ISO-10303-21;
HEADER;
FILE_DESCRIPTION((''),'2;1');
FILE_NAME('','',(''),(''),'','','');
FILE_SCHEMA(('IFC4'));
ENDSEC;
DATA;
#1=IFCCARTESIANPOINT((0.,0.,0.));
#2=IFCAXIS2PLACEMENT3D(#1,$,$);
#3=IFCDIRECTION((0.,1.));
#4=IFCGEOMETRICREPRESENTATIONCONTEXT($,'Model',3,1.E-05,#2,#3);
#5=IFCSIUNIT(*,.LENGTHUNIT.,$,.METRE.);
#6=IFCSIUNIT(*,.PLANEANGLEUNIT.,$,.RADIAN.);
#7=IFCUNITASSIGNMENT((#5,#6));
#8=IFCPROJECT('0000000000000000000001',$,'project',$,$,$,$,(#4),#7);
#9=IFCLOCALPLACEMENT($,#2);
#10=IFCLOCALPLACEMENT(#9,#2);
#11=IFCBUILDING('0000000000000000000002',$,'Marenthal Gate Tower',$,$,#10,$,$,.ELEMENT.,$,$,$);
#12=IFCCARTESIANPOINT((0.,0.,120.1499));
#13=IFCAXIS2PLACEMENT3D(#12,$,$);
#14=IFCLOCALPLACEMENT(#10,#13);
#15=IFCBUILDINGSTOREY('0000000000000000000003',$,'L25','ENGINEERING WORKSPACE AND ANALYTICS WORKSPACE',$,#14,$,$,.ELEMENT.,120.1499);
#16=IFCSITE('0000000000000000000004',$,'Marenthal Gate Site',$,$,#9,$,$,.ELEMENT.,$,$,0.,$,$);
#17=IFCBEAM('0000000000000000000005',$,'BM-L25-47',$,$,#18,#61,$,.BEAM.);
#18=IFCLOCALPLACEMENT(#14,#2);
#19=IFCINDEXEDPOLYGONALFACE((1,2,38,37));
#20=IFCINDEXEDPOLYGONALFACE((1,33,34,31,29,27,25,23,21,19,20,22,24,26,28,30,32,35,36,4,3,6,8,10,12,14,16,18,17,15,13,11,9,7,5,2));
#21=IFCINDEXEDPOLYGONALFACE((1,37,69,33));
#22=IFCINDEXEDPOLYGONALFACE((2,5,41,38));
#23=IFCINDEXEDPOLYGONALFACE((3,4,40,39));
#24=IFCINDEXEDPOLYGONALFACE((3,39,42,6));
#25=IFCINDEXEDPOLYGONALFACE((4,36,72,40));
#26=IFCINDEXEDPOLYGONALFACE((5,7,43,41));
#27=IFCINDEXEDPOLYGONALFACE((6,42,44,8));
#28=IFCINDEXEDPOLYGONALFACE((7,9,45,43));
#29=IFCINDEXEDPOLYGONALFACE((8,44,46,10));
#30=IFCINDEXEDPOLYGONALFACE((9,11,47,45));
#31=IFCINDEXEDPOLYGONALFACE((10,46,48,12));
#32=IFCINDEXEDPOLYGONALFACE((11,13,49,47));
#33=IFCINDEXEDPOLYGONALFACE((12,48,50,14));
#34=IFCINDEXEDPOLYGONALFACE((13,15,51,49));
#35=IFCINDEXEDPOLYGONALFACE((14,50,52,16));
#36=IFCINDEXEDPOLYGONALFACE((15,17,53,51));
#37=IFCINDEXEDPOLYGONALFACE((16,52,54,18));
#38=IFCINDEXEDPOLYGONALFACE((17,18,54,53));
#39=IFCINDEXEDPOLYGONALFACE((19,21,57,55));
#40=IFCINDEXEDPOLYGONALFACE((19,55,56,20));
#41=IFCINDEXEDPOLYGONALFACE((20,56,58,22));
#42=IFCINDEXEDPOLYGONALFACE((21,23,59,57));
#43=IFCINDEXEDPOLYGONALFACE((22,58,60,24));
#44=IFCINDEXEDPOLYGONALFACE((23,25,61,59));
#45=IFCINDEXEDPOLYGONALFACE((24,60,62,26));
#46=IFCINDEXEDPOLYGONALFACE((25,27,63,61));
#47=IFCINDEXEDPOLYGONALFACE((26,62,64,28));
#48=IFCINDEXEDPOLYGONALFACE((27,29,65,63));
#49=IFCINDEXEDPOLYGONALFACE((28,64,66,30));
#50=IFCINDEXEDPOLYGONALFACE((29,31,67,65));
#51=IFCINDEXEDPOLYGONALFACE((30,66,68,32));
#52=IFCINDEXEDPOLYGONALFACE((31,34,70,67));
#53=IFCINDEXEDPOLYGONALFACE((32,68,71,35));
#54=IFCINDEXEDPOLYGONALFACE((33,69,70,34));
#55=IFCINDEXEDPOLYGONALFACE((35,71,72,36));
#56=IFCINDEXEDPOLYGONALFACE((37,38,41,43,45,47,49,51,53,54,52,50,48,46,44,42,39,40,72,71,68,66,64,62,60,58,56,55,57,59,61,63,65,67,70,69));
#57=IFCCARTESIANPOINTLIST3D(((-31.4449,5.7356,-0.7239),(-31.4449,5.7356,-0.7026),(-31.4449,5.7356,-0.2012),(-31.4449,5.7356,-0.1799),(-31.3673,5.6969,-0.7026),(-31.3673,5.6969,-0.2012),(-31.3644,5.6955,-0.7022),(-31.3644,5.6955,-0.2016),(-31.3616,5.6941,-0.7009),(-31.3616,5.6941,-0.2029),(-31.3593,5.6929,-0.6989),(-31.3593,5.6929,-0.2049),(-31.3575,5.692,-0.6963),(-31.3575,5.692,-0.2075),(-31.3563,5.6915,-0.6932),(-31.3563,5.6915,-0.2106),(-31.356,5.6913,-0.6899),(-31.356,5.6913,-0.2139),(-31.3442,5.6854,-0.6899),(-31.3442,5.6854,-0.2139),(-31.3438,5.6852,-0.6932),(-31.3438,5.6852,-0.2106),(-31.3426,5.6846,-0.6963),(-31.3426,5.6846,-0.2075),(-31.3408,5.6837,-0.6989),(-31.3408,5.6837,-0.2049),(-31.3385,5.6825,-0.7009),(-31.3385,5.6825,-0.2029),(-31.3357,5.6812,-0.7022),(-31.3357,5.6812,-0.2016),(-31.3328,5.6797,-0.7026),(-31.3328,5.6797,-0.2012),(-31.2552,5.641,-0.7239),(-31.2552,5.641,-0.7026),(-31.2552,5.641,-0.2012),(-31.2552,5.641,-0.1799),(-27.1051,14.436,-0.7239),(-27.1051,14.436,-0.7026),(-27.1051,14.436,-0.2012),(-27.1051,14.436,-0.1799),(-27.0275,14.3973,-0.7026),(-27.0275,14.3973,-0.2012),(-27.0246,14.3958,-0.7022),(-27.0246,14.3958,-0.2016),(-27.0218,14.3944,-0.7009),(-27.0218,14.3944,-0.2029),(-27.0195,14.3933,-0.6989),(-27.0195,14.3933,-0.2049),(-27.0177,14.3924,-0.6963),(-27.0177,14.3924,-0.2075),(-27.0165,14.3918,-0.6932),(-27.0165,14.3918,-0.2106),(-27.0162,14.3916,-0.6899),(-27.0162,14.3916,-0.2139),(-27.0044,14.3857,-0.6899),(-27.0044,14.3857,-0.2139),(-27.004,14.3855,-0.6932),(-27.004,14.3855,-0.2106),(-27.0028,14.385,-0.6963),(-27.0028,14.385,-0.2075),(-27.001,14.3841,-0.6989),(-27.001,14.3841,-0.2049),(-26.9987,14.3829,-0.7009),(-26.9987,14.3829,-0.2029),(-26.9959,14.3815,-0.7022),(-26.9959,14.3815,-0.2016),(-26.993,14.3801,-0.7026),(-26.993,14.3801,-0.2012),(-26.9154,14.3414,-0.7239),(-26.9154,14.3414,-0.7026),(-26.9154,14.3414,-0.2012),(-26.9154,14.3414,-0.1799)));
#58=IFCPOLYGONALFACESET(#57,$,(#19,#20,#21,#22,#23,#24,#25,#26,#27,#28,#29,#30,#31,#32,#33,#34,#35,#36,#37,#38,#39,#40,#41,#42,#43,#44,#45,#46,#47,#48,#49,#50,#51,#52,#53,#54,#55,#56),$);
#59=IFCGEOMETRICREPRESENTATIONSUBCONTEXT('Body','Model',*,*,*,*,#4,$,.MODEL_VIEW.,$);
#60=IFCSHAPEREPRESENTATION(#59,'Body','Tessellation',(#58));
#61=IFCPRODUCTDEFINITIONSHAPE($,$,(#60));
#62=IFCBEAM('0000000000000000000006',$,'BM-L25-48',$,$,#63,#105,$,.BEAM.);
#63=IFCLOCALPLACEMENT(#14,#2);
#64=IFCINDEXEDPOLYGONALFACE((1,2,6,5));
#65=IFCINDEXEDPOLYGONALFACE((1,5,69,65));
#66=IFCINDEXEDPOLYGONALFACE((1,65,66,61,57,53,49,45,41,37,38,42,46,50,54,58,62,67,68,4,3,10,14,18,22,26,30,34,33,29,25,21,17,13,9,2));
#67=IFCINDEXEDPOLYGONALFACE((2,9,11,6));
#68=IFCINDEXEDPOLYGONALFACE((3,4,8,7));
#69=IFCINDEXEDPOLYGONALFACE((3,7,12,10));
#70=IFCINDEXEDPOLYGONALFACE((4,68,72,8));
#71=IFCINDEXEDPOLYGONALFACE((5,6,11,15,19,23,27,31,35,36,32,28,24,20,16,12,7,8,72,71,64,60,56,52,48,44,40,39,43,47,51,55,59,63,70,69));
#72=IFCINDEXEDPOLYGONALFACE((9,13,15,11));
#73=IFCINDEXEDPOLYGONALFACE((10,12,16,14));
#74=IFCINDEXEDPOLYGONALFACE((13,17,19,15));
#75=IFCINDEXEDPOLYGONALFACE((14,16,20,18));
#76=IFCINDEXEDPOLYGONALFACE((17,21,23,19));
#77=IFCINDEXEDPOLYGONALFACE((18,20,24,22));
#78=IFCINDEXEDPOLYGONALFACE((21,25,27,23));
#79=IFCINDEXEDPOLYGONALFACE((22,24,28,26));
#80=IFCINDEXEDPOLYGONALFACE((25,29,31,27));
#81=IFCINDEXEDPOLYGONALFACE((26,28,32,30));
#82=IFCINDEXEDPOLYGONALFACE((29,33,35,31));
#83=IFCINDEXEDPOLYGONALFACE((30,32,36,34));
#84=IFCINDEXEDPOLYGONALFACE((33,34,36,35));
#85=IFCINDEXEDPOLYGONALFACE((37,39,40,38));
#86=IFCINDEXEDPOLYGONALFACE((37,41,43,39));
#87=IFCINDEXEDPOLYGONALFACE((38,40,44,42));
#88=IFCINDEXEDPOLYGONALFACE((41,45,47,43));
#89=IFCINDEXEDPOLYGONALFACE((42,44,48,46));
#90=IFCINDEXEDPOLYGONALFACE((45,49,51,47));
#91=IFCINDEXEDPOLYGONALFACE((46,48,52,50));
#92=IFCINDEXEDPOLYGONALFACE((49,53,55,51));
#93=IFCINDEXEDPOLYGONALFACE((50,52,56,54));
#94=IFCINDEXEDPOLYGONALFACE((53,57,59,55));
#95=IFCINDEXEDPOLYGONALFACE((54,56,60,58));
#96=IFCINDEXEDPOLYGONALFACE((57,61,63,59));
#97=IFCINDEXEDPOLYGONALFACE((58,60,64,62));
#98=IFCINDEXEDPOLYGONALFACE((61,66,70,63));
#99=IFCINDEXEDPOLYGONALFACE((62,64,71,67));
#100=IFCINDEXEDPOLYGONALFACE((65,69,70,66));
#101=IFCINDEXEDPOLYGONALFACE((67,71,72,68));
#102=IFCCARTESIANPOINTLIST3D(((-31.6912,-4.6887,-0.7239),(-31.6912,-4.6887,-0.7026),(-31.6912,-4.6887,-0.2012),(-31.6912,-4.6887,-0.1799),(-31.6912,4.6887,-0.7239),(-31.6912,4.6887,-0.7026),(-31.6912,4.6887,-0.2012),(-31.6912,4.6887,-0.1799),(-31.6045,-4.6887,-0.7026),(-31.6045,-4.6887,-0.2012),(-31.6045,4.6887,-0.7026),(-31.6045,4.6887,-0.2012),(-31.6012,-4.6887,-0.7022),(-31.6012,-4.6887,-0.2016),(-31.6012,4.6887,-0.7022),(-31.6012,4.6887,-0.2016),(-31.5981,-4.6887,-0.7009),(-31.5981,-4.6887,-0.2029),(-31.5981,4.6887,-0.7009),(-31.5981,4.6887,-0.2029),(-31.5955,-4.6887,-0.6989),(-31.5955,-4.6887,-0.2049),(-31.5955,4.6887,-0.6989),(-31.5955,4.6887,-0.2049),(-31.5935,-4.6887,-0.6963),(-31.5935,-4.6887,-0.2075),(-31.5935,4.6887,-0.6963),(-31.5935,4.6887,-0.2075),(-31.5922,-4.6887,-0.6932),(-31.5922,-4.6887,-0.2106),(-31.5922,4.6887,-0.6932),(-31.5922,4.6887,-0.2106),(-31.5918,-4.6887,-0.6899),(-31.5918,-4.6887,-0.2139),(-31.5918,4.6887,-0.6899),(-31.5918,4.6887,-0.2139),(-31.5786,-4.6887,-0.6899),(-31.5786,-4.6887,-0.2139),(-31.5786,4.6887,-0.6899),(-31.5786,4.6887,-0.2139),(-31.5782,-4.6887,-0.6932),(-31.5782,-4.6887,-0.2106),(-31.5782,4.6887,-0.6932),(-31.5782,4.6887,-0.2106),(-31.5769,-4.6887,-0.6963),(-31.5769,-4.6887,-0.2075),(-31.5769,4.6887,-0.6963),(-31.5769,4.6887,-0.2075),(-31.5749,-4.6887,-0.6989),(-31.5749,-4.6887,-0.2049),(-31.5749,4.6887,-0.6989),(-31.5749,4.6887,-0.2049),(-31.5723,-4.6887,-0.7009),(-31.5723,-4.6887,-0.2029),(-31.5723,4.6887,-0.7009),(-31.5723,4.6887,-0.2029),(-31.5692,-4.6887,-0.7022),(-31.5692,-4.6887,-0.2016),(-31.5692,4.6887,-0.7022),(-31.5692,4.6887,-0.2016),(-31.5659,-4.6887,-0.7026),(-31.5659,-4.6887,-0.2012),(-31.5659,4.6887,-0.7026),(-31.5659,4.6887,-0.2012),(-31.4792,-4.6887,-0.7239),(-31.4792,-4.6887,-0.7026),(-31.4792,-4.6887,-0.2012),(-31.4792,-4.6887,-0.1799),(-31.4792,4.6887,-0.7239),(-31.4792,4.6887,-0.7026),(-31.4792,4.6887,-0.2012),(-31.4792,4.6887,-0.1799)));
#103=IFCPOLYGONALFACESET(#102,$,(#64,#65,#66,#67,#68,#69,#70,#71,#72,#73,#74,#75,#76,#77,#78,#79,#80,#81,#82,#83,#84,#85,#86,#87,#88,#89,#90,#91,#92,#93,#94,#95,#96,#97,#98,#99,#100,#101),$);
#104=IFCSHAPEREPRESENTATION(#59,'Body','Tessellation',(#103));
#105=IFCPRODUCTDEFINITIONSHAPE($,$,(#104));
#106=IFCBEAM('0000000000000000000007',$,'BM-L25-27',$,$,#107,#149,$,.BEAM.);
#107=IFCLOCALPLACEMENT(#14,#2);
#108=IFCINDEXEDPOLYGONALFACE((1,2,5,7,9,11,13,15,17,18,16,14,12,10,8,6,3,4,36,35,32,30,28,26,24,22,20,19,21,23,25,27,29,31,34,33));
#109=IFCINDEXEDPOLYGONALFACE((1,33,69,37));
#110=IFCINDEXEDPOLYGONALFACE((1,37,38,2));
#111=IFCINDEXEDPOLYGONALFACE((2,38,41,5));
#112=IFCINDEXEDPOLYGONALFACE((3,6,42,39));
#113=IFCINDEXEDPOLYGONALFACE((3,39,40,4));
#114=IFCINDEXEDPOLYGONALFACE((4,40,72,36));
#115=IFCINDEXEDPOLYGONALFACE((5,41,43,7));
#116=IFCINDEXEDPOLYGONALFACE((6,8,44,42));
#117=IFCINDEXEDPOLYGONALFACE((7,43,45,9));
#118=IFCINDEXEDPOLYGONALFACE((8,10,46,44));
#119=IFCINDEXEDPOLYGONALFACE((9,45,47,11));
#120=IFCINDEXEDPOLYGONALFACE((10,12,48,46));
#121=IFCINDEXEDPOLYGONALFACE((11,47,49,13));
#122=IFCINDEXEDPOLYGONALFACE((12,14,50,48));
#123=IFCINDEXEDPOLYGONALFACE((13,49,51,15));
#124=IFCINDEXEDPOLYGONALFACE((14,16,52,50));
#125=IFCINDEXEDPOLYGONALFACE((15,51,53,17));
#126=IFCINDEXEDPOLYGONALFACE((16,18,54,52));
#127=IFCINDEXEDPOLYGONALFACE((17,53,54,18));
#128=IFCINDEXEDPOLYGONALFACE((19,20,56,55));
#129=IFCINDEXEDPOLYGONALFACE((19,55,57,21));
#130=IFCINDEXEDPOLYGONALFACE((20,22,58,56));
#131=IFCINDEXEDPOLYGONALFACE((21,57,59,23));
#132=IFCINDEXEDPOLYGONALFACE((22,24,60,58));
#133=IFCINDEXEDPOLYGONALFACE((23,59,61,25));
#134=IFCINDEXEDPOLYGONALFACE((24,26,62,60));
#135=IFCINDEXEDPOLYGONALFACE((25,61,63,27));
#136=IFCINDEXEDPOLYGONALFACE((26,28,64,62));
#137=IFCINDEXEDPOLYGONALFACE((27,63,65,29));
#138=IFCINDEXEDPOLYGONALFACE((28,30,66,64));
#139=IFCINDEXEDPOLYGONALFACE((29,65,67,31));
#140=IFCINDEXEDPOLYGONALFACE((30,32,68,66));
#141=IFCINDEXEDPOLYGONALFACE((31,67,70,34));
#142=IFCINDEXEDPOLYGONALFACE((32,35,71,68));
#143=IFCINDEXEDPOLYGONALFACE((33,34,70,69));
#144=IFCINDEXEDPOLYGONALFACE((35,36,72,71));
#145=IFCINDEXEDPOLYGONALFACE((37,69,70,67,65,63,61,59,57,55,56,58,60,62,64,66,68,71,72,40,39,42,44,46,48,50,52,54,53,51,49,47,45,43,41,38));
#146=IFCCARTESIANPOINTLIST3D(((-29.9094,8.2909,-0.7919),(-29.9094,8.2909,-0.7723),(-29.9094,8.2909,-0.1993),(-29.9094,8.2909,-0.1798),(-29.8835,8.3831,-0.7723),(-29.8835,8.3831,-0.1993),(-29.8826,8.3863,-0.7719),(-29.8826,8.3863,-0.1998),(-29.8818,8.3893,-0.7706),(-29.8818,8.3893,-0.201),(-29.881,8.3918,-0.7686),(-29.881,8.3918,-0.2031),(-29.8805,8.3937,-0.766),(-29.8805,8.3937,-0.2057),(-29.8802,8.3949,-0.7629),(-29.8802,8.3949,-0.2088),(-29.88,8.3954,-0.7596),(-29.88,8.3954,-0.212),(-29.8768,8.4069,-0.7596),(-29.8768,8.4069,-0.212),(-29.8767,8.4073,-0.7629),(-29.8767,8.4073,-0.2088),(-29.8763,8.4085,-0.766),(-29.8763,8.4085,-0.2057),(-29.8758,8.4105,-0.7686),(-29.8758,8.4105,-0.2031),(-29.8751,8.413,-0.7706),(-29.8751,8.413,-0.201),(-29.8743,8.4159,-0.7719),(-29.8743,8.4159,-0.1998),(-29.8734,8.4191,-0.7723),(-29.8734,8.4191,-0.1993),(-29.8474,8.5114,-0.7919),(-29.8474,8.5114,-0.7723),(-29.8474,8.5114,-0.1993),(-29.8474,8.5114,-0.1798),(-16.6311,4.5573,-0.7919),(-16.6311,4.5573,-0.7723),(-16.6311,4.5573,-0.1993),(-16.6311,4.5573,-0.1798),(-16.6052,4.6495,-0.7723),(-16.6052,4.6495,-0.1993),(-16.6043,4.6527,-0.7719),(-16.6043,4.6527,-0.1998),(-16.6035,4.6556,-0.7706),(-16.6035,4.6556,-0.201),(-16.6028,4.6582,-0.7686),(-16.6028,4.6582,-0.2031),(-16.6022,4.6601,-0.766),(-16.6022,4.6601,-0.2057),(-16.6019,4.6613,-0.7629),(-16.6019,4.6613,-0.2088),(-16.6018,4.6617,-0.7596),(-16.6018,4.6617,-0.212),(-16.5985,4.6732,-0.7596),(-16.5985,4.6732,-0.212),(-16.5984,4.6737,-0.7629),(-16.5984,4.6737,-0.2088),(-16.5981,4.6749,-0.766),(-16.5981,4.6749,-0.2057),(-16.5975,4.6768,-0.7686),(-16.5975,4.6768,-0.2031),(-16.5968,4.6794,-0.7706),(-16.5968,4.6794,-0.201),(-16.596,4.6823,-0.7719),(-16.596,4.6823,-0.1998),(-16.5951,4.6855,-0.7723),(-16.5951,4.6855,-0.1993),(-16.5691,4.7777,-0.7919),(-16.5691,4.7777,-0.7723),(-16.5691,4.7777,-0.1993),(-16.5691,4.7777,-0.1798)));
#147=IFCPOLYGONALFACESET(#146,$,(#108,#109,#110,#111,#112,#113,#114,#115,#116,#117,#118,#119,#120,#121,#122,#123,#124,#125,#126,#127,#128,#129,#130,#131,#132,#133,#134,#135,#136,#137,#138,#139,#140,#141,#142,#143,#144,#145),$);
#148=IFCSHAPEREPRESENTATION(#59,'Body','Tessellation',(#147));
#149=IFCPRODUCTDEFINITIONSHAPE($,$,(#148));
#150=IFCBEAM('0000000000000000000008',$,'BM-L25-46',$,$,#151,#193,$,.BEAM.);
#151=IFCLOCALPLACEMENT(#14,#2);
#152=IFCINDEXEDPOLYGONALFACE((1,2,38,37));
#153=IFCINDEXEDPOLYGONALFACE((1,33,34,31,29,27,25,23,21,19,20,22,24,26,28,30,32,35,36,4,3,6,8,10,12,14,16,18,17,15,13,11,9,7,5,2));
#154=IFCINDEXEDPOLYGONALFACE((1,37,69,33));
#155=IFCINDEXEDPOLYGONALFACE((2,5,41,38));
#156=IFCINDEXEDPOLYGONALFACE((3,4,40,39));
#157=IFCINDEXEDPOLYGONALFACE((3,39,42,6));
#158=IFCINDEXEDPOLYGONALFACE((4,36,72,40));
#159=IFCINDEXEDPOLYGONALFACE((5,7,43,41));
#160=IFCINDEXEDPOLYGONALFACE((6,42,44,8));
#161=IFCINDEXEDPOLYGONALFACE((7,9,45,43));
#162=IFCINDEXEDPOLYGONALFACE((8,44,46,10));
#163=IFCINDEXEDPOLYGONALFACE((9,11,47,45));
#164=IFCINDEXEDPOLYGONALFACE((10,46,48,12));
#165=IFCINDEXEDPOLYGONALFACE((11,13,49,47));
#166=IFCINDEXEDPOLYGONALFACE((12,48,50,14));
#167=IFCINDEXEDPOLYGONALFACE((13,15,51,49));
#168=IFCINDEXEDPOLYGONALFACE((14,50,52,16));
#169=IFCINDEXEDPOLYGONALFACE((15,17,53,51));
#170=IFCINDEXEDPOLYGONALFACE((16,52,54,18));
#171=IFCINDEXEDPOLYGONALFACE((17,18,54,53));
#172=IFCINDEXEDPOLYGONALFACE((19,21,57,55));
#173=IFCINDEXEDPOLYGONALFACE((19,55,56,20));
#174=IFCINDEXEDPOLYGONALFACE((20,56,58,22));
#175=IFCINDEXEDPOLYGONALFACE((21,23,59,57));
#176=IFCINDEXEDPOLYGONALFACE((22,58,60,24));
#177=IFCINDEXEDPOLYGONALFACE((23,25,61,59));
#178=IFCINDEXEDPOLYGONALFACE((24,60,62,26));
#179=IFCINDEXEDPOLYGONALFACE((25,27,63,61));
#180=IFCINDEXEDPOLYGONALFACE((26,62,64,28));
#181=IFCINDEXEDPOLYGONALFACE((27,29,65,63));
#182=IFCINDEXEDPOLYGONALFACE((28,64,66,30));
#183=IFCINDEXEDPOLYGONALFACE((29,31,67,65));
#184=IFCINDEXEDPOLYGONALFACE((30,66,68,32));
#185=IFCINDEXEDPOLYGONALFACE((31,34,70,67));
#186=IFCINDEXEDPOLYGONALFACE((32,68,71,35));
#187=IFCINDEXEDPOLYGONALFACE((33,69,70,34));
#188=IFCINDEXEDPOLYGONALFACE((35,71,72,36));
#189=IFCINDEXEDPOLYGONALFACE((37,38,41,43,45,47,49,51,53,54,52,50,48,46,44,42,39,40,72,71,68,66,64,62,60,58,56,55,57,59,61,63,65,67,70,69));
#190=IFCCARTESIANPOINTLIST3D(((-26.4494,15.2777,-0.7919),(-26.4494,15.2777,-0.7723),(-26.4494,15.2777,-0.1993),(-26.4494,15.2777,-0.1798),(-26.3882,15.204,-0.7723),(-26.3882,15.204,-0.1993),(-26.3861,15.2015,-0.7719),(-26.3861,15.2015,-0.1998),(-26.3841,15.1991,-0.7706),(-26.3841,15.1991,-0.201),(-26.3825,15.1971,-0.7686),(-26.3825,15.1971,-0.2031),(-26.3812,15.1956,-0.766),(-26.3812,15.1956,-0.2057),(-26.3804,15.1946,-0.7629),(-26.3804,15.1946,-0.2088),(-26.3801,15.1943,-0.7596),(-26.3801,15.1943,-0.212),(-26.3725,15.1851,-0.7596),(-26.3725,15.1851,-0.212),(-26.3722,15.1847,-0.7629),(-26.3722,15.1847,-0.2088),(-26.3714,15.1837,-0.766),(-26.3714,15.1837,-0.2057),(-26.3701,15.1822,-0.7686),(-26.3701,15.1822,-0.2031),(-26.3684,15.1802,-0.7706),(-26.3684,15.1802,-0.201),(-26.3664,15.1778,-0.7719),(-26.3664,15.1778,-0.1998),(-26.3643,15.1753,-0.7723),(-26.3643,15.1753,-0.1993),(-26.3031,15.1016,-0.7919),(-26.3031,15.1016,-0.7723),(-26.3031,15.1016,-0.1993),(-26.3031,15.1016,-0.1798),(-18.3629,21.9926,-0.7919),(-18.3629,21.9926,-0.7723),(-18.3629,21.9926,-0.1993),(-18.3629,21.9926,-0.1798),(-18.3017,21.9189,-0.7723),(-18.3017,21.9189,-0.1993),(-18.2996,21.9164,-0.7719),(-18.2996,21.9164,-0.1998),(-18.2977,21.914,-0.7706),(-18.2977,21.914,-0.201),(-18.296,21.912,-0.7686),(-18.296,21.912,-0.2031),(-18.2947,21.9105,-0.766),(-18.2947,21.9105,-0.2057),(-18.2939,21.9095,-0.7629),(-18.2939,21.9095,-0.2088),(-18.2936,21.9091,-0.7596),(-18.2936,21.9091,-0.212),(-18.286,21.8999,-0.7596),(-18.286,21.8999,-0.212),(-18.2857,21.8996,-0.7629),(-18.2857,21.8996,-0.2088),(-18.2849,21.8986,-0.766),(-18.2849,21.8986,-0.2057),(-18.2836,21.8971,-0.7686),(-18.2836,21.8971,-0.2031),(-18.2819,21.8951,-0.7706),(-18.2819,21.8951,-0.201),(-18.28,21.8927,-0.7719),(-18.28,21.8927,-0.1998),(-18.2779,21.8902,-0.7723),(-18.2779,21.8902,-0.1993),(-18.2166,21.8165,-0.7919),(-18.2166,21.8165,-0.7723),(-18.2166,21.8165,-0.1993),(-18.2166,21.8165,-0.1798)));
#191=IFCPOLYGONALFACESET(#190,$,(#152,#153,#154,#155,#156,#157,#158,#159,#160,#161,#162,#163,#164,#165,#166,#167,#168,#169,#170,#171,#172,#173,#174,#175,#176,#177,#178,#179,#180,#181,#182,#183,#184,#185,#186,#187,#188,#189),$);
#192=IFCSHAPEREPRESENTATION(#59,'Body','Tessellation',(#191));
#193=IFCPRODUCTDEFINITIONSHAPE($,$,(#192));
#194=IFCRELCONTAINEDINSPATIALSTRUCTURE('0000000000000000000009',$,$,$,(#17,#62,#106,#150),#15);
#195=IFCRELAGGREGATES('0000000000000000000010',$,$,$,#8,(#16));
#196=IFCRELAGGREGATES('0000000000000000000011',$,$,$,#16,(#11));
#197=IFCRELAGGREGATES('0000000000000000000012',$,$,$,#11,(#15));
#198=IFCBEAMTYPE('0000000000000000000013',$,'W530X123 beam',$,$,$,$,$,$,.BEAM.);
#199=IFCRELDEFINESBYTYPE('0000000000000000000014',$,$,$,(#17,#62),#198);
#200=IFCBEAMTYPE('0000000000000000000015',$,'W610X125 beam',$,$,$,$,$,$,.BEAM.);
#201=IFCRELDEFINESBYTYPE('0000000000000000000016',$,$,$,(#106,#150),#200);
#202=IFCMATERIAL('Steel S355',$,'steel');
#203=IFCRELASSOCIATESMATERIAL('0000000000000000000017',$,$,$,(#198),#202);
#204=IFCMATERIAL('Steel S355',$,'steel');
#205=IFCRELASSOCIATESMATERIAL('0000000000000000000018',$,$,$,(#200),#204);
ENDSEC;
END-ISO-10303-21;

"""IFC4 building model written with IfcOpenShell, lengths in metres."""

from ifc_helpers import new_model, si_unit, direction, frame, origin, origin_2d, place, context, subcontext, project, spatial, i_section, extrude, material, material_profile, profile_set, type_object, element, save


model = new_model("IFC4")

# Units and contexts
model_context = context("Model", 3, precision=1e-05, world=origin(), true_north=direction((0.0, 1.0)))
body_context = subcontext(model_context, "Body", "Model", "MODEL_VIEW")
ifc_project = project(units=[si_unit("LENGTHUNIT", "METRE"), si_unit("PLANEANGLEUNIT", "RADIAN")], contexts=[model_context])

# Site, building, storey
site_placement = place(None, origin())
site = spatial("IfcSite", under=ifc_project, at=site_placement, Name="Marenthal Gate Site", CompositionType="ELEMENT", RefElevation=0.0)
building_placement = place(site_placement, origin())
building = spatial("IfcBuilding", under=site, at=building_placement, Name="Marenthal Gate Tower", CompositionType="ELEMENT")
storey_placement = place(building_placement, frame((0.0, 0.0, 120.1499)))
storey = spatial("IfcBuildingStorey", under=building, at=storey_placement, Name="L25", Description="ENGINEERING WORKSPACE AND ANALYTICS WORKSPACE", CompositionType="ELEMENT", Elevation=120.1499)

# Beams
ifc_material_1 = material(Name="Steel S355", Category="steel")
ifc_material_profile_1 = material_profile(ifc_material_1, i_section(OverallWidth=0.2119, OverallDepth=0.5439, WebThickness=0.0132, FlangeThickness=0.0212, FilletRadius=0.0127, at=origin_2d()), Name="W530X123")
ifc_profile_set_1 = profile_set([ifc_material_profile_1], Name="Steel S355")
beam_type_1 = type_object("IfcBeamType", Name="W530X123 beam", PredefinedType="BEAM", material=ifc_profile_set_1)
beam_1_placement = place(storey_placement, frame((-27.0103, 14.3887, -0.4519), z_axis=(-0.44636, -0.894854, 0.0), x_axis=(0.894854, -0.44636, 0.0)))
element("IfcBeam", 1, at=beam_1_placement, inside=storey, type_object=beam_type_1, Name="BM-L25-47", PredefinedType="BEAM", context=body_context, shape_type="SweptSolid", body=[
    extrude(i_section(OverallWidth=0.2119, OverallDepth=0.5439, WebThickness=0.0132, FlangeThickness=0.0212, FilletRadius=0.0127, at=origin_2d()), origin(), (0.0, 0.0, 1.0), 9.7227),
])
beam_2_placement = place(storey_placement, frame((-31.5852, 4.6887, -0.4519), z_axis=(0.0, -1.0, 0.0), x_axis=(1.0, 0.0, 0.0)))
element("IfcBeam", 2, at=beam_2_placement, inside=storey, type_object=beam_type_1, Name="BM-L25-48", PredefinedType="BEAM", context=body_context, shape_type="SweptSolid", body=[
    extrude(i_section(OverallWidth=0.2119, OverallDepth=0.5439, WebThickness=0.0132, FlangeThickness=0.0212, FilletRadius=0.0127, at=origin_2d()), origin(), (0.0, 0.0, 1.0), 9.3774),
])
ifc_material_2 = material(Name="Steel S355", Category="steel")
ifc_material_profile_2 = material_profile(ifc_material_2, i_section(OverallWidth=0.229, OverallDepth=0.6121, WebThickness=0.012, FlangeThickness=0.0195, FilletRadius=0.0127, at=origin_2d()), Name="W610X125")
ifc_profile_set_2 = profile_set([ifc_material_profile_2], Name="Steel S355")
beam_type_2 = type_object("IfcBeamType", Name="W610X125 beam", PredefinedType="BEAM", material=ifc_profile_set_2)
beam_3_placement = place(storey_placement, frame((-29.8784, 8.4011, -0.4858), z_axis=(0.962668, -0.270686, 0.0), x_axis=(0.270686, 0.962668, 0.0)))
element("IfcBeam", 3, at=beam_3_placement, inside=storey, type_object=beam_type_2, Name="BM-L25-27", PredefinedType="BEAM", context=body_context, shape_type="SweptSolid", body=[
    extrude(i_section(OverallWidth=0.229, OverallDepth=0.6121, WebThickness=0.012, FlangeThickness=0.0195, FilletRadius=0.0127, at=origin_2d()), origin(), (0.0, 0.0, 1.0), 13.7932),
])
beam_4_placement = place(storey_placement, frame((-18.2898, 21.9045, -0.4858), z_axis=(-0.769336, -0.638845, 0.0), x_axis=(0.638845, -0.769336, 0.0)))
element("IfcBeam", 4, at=beam_4_placement, inside=storey, type_object=beam_type_2, Name="BM-L25-46", PredefinedType="BEAM", context=body_context, shape_type="SweptSolid", body=[
    extrude(i_section(OverallWidth=0.229, OverallDepth=0.6121, WebThickness=0.012, FlangeThickness=0.0195, FilletRadius=0.0127, at=origin_2d()), origin(), (0.0, 0.0, 1.0), 10.511),
])

save(model, "model.ifc")
